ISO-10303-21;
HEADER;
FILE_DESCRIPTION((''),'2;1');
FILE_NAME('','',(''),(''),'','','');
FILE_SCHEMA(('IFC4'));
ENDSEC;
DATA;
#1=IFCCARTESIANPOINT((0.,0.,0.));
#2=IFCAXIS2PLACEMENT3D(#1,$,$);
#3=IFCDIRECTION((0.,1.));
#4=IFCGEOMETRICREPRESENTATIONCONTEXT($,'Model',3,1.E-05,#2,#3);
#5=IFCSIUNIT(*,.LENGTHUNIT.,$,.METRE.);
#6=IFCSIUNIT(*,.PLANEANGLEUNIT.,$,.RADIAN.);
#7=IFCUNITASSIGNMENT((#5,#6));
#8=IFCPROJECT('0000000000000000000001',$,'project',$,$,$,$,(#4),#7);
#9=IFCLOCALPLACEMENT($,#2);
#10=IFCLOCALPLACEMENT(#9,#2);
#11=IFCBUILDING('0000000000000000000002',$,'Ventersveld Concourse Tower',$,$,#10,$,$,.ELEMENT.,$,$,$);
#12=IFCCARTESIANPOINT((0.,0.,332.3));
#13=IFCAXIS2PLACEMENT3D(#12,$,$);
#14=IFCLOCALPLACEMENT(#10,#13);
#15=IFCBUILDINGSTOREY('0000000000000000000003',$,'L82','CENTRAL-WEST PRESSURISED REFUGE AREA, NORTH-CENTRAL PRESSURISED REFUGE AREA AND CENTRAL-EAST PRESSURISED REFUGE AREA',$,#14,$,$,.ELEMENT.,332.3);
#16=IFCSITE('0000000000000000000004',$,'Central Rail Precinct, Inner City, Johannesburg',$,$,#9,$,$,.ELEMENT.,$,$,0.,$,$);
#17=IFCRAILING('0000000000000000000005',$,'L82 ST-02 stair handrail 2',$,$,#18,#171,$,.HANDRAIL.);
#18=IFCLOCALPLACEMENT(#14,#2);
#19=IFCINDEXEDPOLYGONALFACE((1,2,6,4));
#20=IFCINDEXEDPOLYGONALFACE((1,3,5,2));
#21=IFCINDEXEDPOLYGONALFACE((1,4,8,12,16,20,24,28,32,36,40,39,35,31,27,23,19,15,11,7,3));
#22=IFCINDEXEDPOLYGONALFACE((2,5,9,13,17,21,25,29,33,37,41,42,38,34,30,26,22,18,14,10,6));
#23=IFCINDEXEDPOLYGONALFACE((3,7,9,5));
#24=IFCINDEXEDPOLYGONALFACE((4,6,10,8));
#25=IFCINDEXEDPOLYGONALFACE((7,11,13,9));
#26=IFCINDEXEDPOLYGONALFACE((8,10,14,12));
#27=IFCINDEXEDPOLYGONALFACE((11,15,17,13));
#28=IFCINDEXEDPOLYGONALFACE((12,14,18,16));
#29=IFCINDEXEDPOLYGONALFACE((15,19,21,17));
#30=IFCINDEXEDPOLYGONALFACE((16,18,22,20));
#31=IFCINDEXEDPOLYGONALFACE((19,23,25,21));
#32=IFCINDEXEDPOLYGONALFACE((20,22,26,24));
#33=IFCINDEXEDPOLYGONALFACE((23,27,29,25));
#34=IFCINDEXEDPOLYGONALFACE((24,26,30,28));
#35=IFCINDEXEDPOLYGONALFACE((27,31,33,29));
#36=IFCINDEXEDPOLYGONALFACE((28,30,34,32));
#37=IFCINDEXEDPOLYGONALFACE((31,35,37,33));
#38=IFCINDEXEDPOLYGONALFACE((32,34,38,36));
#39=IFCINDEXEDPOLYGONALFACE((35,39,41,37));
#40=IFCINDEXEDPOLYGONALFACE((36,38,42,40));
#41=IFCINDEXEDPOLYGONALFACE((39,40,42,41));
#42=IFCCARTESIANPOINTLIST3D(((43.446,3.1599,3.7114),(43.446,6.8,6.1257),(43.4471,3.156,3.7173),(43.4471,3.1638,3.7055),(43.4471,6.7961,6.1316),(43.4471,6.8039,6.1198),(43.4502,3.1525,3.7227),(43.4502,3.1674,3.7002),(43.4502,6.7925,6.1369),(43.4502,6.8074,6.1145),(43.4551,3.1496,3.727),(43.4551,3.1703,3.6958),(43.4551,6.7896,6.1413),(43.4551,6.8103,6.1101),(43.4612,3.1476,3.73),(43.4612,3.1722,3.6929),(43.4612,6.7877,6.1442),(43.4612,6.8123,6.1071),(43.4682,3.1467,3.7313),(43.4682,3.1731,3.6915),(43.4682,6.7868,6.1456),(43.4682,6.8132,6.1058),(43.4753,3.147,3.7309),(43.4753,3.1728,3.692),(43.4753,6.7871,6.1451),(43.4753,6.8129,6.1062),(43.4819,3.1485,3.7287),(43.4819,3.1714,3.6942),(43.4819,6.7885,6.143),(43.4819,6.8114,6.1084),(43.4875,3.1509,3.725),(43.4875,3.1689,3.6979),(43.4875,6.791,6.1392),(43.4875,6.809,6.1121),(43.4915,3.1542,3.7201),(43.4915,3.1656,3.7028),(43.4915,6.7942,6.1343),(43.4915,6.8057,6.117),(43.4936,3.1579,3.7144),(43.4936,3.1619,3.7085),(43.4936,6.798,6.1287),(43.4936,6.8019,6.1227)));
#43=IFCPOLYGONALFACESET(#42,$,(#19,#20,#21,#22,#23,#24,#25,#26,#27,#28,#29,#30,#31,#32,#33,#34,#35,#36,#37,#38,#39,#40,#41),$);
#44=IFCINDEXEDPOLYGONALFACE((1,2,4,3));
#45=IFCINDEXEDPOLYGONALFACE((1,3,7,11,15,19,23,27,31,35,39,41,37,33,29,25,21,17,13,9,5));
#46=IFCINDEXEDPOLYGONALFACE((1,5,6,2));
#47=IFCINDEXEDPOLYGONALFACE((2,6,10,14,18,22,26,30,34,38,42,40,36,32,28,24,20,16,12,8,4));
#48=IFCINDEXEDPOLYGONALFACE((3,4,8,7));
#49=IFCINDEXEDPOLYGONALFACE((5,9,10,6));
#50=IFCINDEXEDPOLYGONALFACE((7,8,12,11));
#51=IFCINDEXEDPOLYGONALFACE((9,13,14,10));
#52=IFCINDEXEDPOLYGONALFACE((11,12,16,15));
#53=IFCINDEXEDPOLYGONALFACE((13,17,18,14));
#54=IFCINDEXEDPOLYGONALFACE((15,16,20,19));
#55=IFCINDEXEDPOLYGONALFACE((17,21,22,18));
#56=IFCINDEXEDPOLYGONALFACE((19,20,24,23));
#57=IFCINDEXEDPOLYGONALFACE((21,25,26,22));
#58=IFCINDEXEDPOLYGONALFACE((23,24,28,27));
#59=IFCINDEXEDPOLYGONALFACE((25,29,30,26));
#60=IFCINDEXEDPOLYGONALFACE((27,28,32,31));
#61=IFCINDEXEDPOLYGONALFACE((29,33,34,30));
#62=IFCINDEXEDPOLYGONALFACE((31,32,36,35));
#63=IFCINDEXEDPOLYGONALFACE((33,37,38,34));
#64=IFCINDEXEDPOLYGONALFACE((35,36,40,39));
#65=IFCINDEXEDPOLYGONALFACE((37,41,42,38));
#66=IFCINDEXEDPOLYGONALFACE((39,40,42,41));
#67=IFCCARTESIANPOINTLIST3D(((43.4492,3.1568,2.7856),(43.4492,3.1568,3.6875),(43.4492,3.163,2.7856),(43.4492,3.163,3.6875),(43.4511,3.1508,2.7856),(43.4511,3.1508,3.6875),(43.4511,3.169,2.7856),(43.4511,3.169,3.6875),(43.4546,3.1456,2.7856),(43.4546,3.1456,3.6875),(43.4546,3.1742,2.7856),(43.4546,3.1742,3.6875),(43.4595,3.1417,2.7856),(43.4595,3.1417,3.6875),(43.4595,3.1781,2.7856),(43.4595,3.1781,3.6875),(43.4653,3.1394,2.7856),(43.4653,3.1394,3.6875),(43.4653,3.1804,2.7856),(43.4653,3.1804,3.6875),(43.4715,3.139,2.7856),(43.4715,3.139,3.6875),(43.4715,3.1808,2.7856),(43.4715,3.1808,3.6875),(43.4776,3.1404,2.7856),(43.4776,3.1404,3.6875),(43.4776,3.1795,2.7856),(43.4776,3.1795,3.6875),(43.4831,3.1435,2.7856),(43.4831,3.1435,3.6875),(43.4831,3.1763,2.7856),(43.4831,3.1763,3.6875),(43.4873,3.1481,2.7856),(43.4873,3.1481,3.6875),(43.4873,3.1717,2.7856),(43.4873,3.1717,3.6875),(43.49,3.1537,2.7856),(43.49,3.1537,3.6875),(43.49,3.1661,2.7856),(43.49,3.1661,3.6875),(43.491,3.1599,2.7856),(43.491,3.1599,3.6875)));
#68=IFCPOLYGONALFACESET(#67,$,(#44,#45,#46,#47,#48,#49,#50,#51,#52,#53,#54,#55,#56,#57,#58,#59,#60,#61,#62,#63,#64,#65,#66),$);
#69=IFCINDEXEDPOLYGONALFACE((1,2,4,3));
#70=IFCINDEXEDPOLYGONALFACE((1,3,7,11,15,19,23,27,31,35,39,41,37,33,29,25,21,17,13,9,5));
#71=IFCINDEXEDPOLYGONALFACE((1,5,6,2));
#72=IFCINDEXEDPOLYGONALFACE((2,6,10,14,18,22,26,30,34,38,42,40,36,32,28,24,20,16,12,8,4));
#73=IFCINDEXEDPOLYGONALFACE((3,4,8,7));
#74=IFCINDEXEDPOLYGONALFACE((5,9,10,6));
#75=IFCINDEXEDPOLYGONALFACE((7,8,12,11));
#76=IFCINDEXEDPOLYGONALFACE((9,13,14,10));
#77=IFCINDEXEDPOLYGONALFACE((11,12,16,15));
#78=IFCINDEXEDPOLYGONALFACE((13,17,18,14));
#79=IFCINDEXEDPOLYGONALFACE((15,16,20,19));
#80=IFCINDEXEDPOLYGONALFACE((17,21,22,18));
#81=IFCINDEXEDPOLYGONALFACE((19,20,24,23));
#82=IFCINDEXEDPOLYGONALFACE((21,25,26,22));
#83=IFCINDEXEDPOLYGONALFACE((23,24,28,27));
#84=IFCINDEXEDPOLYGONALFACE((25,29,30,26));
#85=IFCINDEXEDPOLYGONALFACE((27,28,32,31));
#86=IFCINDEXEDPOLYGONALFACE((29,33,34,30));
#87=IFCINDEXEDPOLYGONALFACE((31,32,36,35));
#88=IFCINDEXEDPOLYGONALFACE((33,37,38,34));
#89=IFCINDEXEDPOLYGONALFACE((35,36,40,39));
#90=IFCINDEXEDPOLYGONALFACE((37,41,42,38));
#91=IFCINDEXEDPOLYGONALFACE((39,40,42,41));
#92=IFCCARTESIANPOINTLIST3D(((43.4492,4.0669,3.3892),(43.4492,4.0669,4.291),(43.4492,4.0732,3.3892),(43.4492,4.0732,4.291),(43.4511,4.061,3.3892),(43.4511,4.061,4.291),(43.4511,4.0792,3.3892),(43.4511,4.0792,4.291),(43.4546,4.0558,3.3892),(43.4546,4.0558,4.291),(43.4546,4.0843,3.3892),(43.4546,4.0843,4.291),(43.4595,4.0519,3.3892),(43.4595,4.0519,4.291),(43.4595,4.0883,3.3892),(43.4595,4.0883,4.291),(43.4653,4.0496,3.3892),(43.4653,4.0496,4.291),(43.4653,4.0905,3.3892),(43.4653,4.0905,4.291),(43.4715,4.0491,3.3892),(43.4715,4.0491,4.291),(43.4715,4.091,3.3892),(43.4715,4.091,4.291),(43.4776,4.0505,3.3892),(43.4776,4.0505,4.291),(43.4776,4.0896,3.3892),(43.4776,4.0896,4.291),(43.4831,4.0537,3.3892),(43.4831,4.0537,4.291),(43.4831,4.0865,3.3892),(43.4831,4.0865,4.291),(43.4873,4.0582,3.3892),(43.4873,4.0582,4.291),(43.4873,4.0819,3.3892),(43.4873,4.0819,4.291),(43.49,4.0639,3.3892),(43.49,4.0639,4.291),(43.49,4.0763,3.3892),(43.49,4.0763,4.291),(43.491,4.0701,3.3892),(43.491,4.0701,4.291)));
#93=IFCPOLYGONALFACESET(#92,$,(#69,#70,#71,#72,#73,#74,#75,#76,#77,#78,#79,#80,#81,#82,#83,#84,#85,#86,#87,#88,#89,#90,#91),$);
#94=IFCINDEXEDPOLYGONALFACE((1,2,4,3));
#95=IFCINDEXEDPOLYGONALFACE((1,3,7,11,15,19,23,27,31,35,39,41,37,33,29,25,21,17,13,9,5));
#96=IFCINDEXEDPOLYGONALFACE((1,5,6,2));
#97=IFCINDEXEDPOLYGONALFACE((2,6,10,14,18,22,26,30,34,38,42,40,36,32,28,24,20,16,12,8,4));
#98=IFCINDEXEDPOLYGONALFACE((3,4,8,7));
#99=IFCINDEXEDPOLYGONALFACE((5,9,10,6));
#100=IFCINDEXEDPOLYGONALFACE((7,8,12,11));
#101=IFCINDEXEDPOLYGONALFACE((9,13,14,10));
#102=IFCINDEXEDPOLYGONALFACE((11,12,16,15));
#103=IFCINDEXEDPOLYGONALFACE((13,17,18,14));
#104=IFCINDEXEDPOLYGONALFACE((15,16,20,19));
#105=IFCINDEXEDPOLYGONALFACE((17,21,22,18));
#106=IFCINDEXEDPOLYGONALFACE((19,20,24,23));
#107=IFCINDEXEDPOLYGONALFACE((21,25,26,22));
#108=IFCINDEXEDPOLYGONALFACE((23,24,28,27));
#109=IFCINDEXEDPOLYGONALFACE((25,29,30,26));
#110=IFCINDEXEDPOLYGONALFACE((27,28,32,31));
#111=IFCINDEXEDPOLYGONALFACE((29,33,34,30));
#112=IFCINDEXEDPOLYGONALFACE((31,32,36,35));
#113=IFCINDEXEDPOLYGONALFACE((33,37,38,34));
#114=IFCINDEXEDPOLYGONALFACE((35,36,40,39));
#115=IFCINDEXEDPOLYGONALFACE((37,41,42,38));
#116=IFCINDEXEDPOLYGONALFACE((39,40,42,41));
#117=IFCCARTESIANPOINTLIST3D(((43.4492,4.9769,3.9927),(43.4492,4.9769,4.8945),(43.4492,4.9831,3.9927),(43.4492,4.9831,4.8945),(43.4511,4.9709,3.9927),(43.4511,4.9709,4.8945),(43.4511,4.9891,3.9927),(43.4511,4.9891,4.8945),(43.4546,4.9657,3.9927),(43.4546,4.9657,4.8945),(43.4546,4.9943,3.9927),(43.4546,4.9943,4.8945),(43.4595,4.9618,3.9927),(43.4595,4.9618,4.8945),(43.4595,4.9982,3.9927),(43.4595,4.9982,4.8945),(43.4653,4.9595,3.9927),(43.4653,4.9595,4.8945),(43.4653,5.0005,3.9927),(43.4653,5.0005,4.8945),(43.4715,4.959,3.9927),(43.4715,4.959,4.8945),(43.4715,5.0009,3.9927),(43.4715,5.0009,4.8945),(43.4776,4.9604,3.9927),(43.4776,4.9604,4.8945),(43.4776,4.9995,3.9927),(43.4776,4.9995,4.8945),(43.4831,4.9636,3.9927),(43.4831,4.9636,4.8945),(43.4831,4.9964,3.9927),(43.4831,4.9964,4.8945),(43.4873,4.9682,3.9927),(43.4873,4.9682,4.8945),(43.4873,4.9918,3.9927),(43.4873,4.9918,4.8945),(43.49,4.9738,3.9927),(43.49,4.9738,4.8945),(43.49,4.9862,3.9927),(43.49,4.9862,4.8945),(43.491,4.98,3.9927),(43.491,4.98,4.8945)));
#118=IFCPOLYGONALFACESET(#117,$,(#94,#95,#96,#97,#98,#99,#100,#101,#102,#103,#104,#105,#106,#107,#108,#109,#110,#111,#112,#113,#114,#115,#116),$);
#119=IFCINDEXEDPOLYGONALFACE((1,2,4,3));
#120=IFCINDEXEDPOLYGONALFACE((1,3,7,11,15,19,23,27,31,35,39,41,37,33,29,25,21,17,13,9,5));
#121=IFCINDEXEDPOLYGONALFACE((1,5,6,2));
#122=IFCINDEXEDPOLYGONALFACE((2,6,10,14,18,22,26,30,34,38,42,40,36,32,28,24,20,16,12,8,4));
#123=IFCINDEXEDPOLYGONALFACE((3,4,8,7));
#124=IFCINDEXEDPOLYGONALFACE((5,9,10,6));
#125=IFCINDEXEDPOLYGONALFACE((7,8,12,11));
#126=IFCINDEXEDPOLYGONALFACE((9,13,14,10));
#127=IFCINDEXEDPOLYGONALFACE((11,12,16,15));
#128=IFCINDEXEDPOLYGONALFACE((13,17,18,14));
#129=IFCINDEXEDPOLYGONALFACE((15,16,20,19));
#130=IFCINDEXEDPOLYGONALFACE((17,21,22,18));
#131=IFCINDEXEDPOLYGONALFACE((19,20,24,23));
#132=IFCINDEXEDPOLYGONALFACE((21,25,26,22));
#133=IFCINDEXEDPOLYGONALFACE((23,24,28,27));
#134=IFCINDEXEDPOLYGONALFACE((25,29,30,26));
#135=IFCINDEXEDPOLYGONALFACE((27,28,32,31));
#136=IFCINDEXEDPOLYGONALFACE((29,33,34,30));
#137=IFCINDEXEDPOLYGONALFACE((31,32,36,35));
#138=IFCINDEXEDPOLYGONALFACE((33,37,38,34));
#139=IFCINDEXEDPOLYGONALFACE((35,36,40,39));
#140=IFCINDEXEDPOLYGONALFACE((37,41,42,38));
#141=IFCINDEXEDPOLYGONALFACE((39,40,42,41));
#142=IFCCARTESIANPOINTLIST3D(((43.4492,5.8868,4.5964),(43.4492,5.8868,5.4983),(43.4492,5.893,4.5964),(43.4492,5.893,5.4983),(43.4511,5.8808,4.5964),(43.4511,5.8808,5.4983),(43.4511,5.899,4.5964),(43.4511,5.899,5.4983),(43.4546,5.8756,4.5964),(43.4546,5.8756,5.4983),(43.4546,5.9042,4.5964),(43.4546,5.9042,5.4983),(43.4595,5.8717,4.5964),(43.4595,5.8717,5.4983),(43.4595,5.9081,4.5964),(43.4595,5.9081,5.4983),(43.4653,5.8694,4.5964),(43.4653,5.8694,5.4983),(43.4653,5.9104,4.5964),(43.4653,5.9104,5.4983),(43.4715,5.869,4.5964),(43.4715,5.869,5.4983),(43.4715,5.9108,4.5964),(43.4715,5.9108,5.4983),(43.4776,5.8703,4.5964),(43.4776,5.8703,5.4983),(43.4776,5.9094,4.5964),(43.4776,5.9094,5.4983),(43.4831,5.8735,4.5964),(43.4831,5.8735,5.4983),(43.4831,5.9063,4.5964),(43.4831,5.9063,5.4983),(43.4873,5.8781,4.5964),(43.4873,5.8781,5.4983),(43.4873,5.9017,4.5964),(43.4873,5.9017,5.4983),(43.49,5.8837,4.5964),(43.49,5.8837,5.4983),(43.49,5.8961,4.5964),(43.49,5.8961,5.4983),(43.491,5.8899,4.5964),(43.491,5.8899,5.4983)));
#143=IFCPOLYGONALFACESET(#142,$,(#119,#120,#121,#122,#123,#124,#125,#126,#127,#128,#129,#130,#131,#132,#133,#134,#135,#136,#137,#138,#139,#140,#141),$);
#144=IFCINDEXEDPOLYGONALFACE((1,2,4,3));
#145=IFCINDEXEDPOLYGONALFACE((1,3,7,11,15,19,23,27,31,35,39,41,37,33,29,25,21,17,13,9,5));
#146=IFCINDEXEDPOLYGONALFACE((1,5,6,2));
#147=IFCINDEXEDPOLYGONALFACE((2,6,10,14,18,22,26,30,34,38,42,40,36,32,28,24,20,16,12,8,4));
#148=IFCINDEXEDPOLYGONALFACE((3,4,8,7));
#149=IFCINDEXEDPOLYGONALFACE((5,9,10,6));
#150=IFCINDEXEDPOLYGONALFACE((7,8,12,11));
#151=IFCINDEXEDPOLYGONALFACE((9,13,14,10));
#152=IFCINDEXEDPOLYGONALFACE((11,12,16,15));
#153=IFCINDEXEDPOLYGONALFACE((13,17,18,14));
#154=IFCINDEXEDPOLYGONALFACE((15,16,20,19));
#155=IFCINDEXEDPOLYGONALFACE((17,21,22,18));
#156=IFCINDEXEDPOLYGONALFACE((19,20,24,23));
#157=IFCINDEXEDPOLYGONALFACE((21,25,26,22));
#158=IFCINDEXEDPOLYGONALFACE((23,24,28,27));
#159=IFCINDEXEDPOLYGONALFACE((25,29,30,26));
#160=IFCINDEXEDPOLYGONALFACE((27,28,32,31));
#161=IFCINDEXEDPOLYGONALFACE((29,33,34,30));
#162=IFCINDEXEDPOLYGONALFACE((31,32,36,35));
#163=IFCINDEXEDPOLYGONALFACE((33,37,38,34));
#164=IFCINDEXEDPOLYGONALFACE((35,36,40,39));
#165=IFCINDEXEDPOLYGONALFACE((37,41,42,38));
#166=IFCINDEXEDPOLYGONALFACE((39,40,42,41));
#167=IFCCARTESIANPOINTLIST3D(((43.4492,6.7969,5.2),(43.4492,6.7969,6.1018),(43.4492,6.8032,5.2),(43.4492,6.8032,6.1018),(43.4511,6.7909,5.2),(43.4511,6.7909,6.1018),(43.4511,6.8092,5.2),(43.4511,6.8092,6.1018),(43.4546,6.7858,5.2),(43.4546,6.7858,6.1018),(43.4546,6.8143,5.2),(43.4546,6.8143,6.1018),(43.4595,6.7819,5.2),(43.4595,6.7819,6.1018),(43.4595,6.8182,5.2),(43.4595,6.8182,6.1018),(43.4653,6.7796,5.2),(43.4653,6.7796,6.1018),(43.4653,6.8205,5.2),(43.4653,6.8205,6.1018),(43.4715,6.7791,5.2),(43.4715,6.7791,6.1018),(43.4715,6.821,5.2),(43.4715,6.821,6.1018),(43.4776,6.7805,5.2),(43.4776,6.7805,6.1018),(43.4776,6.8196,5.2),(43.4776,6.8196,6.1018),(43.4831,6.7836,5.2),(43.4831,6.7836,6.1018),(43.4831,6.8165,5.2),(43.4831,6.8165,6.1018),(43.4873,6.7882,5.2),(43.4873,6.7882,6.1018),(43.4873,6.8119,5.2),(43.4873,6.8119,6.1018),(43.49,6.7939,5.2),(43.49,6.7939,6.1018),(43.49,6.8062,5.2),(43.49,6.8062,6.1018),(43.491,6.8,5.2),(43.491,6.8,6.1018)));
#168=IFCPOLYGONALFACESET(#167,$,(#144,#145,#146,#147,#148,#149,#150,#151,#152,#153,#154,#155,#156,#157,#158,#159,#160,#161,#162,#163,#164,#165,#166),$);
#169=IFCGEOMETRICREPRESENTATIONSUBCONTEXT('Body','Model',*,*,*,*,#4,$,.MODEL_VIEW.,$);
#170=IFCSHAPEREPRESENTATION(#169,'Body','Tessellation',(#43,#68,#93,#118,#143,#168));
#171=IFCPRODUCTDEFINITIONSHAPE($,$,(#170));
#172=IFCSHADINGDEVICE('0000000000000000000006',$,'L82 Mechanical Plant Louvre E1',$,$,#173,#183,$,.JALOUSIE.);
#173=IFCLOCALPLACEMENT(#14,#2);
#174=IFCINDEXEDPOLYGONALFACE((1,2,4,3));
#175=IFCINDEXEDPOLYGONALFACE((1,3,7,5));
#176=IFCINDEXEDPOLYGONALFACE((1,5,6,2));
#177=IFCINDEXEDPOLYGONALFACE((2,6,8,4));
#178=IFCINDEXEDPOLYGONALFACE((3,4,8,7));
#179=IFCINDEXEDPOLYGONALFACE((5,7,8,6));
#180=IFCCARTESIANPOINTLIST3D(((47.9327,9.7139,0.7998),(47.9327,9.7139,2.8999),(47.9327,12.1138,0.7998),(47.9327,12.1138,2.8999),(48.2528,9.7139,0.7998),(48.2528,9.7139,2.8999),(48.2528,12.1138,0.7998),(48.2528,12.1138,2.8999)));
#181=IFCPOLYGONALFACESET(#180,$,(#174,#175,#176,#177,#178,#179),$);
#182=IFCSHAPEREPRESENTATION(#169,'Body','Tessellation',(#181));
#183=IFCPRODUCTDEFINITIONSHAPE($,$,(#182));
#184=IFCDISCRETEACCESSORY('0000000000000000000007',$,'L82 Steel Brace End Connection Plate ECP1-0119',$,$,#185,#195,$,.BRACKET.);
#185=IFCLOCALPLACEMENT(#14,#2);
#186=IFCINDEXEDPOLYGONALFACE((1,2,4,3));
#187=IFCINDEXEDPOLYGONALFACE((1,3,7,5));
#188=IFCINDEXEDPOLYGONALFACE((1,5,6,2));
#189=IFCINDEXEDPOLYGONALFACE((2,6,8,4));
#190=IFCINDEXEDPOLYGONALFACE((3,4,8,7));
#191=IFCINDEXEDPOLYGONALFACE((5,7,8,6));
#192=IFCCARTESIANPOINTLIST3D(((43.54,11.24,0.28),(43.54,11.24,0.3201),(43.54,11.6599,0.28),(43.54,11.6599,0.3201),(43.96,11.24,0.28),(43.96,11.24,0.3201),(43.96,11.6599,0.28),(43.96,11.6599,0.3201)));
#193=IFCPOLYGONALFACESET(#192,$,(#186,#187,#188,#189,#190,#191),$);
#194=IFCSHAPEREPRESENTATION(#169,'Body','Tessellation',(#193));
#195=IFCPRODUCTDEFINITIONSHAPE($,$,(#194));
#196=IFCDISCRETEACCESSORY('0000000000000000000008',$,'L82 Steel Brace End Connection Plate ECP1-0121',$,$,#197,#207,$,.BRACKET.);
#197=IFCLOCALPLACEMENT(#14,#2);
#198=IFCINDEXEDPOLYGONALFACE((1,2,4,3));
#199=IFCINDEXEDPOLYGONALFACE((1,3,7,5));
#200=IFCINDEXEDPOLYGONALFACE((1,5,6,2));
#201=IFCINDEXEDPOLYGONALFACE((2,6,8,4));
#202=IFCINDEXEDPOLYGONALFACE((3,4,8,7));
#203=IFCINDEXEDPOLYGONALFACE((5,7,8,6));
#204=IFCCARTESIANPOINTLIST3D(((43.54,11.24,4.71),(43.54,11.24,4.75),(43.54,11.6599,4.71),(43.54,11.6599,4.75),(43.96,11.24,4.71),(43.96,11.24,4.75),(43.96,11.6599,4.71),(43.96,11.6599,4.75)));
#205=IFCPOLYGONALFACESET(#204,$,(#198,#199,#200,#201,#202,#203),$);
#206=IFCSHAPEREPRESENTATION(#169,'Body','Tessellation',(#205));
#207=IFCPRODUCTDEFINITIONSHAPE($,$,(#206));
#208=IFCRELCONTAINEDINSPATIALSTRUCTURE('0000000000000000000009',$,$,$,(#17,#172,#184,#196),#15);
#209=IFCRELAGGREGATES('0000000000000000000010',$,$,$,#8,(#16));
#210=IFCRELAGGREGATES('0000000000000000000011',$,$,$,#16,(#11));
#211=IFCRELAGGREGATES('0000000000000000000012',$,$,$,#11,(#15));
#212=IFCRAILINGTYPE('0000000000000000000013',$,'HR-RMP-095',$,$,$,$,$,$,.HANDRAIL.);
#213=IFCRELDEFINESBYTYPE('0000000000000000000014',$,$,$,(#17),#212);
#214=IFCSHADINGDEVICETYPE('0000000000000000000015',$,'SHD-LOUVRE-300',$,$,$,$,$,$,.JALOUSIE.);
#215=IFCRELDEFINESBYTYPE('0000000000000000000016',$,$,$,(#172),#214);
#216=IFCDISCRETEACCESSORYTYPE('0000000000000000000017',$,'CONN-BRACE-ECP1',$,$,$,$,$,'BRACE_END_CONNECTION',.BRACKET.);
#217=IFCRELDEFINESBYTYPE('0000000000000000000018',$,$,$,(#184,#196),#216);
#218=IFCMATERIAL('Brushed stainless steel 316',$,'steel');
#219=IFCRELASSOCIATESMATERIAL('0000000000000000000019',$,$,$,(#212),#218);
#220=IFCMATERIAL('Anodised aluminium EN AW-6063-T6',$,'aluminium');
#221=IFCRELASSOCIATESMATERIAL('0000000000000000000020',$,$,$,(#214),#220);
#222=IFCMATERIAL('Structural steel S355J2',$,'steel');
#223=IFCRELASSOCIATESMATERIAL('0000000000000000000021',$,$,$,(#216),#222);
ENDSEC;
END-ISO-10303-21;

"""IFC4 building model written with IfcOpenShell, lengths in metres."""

from ifc_helpers import new_model, si_unit, direction, frame, origin, origin_2d, place, context, subcontext, project, spatial, rectangle, circle, extrude, material, type_object, element, save


model = new_model("IFC4")

# Units and contexts
model_context = context("Model", 3, precision=1e-05, world=origin(), true_north=direction((0.0, 1.0)))
body_context = subcontext(model_context, "Body", "Model", "MODEL_VIEW")
ifc_project = project(units=[si_unit("LENGTHUNIT", "METRE"), si_unit("PLANEANGLEUNIT", "RADIAN")], contexts=[model_context])

# Site, building, storey
site_placement = place(None, origin())
site = spatial("IfcSite", under=ifc_project, at=site_placement, Name="Central Rail Precinct, Inner City, Johannesburg", CompositionType="ELEMENT", RefElevation=0.0)
building_placement = place(site_placement, origin())
building = spatial("IfcBuilding", under=site, at=building_placement, Name="Ventersveld Concourse Tower", CompositionType="ELEMENT")
storey_placement = place(building_placement, frame((0.0, 0.0, 332.3)))
storey = spatial("IfcBuildingStorey", under=building, at=storey_placement, Name="L82", Description="CENTRAL-WEST PRESSURISED REFUGE AREA, NORTH-CENTRAL PRESSURISED REFUGE AREA AND CENTRAL-EAST PRESSURISED REFUGE AREA", CompositionType="ELEMENT", Elevation=332.3)

# Shared definitions
ifc_material_1 = material(Name="Structural steel S355J2", Category="steel")

# Railing
ifc_material_2 = material(Name="Brushed stainless steel 316", Category="steel")
railing_type_1 = type_object("IfcRailingType", Name="HR-RMP-095", PredefinedType="HANDRAIL", material=ifc_material_2)
railing_1_placement = place(storey_placement, frame((43.47, 3.1599, 2.7856)))
element("IfcRailing", 1, at=railing_1_placement, inside=storey, type_object=railing_type_1, Name="L82 ST-02 stair handrail 2", PredefinedType="HANDRAIL", context=body_context, shape_type="SweptSolid", body=[
    extrude(circle(Radius=0.0239, at=origin_2d()), frame((0.0, 0.0, 0.9258), z_axis=(0.0, 0.833364, 0.552725), x_axis=(-1.0, 0.0, 0.0)), (0.0, 0.0, 1.0), 4.3679),
    extrude(circle(Radius=0.021, at=origin_2d()), origin(), (0.0, 0.0, 1.0), 0.9019),
    extrude(circle(Radius=0.021, at=origin_2d()), frame((0.0, 0.9102, 0.6035)), (0.0, 0.0, 1.0), 0.9019),
    extrude(circle(Radius=0.021, at=origin_2d()), frame((0.0, 1.8201, 1.207)), (0.0, 0.0, 1.0), 0.9019),
    extrude(circle(Radius=0.021, at=origin_2d()), frame((0.0, 2.73, 1.8108)), (0.0, 0.0, 1.0), 0.9019),
    extrude(circle(Radius=0.021, at=origin_2d()), frame((0.0, 3.6401, 2.4143)), (0.0, 0.0, 1.0), 0.9019),
])

# Shading device
ifc_material_3 = material(Name="Anodised aluminium EN AW-6063-T6", Category="aluminium")
shading_device_type = type_object("IfcShadingDeviceType", Name="SHD-LOUVRE-300", PredefinedType="JALOUSIE", material=ifc_material_3)
shading_device_placement = place(storey_placement, frame((48.0928, 10.9138, 0.7998), z_axis=(0.0, 0.0, 1.0), x_axis=(0.0, 1.0, 0.0)))
element("IfcShadingDevice", 2, at=shading_device_placement, inside=storey, type_object=shading_device_type, Name="L82 Mechanical Plant Louvre E1", PredefinedType="JALOUSIE", context=body_context, shape_type="SweptSolid", body=[
    extrude(rectangle(XDim=2.3999, YDim=0.3201, at=origin_2d()), origin(), (0.0, 0.0, 1.0), 2.1001),
])

# Discrete accessories
discrete_accessory_type = type_object("IfcDiscreteAccessoryType", Name="CONN-BRACE-ECP1", ElementType="BRACE_END_CONNECTION", PredefinedType="BRACKET", material=ifc_material_1)
for number, where, z_axis, x_axis, name in (
    (3, (43.75, 11.45, 0.28), (0.0, 0.0, 1.0), (1.0, 0.0, 0.0), "L82 Steel Brace End Connection Plate ECP1-0119"),
    (4, (43.75, 11.45, 4.71), (0.0, 0.0, 1.0), (1.0, 0.0, 0.0), "L82 Steel Brace End Connection Plate ECP1-0121"),
):
    element("IfcDiscreteAccessory", number, at=place(storey_placement, frame(where, z_axis=z_axis, x_axis=x_axis)), inside=storey, type_object=discrete_accessory_type, Name=name, PredefinedType="BRACKET", context=body_context, shape_type="SweptSolid", body=[
        extrude(rectangle(XDim=0.4199, YDim=0.4199, at=origin_2d()), origin(), (0.0, 0.0, 1.0), 0.04),
    ])

save(model, "model.ifc")
